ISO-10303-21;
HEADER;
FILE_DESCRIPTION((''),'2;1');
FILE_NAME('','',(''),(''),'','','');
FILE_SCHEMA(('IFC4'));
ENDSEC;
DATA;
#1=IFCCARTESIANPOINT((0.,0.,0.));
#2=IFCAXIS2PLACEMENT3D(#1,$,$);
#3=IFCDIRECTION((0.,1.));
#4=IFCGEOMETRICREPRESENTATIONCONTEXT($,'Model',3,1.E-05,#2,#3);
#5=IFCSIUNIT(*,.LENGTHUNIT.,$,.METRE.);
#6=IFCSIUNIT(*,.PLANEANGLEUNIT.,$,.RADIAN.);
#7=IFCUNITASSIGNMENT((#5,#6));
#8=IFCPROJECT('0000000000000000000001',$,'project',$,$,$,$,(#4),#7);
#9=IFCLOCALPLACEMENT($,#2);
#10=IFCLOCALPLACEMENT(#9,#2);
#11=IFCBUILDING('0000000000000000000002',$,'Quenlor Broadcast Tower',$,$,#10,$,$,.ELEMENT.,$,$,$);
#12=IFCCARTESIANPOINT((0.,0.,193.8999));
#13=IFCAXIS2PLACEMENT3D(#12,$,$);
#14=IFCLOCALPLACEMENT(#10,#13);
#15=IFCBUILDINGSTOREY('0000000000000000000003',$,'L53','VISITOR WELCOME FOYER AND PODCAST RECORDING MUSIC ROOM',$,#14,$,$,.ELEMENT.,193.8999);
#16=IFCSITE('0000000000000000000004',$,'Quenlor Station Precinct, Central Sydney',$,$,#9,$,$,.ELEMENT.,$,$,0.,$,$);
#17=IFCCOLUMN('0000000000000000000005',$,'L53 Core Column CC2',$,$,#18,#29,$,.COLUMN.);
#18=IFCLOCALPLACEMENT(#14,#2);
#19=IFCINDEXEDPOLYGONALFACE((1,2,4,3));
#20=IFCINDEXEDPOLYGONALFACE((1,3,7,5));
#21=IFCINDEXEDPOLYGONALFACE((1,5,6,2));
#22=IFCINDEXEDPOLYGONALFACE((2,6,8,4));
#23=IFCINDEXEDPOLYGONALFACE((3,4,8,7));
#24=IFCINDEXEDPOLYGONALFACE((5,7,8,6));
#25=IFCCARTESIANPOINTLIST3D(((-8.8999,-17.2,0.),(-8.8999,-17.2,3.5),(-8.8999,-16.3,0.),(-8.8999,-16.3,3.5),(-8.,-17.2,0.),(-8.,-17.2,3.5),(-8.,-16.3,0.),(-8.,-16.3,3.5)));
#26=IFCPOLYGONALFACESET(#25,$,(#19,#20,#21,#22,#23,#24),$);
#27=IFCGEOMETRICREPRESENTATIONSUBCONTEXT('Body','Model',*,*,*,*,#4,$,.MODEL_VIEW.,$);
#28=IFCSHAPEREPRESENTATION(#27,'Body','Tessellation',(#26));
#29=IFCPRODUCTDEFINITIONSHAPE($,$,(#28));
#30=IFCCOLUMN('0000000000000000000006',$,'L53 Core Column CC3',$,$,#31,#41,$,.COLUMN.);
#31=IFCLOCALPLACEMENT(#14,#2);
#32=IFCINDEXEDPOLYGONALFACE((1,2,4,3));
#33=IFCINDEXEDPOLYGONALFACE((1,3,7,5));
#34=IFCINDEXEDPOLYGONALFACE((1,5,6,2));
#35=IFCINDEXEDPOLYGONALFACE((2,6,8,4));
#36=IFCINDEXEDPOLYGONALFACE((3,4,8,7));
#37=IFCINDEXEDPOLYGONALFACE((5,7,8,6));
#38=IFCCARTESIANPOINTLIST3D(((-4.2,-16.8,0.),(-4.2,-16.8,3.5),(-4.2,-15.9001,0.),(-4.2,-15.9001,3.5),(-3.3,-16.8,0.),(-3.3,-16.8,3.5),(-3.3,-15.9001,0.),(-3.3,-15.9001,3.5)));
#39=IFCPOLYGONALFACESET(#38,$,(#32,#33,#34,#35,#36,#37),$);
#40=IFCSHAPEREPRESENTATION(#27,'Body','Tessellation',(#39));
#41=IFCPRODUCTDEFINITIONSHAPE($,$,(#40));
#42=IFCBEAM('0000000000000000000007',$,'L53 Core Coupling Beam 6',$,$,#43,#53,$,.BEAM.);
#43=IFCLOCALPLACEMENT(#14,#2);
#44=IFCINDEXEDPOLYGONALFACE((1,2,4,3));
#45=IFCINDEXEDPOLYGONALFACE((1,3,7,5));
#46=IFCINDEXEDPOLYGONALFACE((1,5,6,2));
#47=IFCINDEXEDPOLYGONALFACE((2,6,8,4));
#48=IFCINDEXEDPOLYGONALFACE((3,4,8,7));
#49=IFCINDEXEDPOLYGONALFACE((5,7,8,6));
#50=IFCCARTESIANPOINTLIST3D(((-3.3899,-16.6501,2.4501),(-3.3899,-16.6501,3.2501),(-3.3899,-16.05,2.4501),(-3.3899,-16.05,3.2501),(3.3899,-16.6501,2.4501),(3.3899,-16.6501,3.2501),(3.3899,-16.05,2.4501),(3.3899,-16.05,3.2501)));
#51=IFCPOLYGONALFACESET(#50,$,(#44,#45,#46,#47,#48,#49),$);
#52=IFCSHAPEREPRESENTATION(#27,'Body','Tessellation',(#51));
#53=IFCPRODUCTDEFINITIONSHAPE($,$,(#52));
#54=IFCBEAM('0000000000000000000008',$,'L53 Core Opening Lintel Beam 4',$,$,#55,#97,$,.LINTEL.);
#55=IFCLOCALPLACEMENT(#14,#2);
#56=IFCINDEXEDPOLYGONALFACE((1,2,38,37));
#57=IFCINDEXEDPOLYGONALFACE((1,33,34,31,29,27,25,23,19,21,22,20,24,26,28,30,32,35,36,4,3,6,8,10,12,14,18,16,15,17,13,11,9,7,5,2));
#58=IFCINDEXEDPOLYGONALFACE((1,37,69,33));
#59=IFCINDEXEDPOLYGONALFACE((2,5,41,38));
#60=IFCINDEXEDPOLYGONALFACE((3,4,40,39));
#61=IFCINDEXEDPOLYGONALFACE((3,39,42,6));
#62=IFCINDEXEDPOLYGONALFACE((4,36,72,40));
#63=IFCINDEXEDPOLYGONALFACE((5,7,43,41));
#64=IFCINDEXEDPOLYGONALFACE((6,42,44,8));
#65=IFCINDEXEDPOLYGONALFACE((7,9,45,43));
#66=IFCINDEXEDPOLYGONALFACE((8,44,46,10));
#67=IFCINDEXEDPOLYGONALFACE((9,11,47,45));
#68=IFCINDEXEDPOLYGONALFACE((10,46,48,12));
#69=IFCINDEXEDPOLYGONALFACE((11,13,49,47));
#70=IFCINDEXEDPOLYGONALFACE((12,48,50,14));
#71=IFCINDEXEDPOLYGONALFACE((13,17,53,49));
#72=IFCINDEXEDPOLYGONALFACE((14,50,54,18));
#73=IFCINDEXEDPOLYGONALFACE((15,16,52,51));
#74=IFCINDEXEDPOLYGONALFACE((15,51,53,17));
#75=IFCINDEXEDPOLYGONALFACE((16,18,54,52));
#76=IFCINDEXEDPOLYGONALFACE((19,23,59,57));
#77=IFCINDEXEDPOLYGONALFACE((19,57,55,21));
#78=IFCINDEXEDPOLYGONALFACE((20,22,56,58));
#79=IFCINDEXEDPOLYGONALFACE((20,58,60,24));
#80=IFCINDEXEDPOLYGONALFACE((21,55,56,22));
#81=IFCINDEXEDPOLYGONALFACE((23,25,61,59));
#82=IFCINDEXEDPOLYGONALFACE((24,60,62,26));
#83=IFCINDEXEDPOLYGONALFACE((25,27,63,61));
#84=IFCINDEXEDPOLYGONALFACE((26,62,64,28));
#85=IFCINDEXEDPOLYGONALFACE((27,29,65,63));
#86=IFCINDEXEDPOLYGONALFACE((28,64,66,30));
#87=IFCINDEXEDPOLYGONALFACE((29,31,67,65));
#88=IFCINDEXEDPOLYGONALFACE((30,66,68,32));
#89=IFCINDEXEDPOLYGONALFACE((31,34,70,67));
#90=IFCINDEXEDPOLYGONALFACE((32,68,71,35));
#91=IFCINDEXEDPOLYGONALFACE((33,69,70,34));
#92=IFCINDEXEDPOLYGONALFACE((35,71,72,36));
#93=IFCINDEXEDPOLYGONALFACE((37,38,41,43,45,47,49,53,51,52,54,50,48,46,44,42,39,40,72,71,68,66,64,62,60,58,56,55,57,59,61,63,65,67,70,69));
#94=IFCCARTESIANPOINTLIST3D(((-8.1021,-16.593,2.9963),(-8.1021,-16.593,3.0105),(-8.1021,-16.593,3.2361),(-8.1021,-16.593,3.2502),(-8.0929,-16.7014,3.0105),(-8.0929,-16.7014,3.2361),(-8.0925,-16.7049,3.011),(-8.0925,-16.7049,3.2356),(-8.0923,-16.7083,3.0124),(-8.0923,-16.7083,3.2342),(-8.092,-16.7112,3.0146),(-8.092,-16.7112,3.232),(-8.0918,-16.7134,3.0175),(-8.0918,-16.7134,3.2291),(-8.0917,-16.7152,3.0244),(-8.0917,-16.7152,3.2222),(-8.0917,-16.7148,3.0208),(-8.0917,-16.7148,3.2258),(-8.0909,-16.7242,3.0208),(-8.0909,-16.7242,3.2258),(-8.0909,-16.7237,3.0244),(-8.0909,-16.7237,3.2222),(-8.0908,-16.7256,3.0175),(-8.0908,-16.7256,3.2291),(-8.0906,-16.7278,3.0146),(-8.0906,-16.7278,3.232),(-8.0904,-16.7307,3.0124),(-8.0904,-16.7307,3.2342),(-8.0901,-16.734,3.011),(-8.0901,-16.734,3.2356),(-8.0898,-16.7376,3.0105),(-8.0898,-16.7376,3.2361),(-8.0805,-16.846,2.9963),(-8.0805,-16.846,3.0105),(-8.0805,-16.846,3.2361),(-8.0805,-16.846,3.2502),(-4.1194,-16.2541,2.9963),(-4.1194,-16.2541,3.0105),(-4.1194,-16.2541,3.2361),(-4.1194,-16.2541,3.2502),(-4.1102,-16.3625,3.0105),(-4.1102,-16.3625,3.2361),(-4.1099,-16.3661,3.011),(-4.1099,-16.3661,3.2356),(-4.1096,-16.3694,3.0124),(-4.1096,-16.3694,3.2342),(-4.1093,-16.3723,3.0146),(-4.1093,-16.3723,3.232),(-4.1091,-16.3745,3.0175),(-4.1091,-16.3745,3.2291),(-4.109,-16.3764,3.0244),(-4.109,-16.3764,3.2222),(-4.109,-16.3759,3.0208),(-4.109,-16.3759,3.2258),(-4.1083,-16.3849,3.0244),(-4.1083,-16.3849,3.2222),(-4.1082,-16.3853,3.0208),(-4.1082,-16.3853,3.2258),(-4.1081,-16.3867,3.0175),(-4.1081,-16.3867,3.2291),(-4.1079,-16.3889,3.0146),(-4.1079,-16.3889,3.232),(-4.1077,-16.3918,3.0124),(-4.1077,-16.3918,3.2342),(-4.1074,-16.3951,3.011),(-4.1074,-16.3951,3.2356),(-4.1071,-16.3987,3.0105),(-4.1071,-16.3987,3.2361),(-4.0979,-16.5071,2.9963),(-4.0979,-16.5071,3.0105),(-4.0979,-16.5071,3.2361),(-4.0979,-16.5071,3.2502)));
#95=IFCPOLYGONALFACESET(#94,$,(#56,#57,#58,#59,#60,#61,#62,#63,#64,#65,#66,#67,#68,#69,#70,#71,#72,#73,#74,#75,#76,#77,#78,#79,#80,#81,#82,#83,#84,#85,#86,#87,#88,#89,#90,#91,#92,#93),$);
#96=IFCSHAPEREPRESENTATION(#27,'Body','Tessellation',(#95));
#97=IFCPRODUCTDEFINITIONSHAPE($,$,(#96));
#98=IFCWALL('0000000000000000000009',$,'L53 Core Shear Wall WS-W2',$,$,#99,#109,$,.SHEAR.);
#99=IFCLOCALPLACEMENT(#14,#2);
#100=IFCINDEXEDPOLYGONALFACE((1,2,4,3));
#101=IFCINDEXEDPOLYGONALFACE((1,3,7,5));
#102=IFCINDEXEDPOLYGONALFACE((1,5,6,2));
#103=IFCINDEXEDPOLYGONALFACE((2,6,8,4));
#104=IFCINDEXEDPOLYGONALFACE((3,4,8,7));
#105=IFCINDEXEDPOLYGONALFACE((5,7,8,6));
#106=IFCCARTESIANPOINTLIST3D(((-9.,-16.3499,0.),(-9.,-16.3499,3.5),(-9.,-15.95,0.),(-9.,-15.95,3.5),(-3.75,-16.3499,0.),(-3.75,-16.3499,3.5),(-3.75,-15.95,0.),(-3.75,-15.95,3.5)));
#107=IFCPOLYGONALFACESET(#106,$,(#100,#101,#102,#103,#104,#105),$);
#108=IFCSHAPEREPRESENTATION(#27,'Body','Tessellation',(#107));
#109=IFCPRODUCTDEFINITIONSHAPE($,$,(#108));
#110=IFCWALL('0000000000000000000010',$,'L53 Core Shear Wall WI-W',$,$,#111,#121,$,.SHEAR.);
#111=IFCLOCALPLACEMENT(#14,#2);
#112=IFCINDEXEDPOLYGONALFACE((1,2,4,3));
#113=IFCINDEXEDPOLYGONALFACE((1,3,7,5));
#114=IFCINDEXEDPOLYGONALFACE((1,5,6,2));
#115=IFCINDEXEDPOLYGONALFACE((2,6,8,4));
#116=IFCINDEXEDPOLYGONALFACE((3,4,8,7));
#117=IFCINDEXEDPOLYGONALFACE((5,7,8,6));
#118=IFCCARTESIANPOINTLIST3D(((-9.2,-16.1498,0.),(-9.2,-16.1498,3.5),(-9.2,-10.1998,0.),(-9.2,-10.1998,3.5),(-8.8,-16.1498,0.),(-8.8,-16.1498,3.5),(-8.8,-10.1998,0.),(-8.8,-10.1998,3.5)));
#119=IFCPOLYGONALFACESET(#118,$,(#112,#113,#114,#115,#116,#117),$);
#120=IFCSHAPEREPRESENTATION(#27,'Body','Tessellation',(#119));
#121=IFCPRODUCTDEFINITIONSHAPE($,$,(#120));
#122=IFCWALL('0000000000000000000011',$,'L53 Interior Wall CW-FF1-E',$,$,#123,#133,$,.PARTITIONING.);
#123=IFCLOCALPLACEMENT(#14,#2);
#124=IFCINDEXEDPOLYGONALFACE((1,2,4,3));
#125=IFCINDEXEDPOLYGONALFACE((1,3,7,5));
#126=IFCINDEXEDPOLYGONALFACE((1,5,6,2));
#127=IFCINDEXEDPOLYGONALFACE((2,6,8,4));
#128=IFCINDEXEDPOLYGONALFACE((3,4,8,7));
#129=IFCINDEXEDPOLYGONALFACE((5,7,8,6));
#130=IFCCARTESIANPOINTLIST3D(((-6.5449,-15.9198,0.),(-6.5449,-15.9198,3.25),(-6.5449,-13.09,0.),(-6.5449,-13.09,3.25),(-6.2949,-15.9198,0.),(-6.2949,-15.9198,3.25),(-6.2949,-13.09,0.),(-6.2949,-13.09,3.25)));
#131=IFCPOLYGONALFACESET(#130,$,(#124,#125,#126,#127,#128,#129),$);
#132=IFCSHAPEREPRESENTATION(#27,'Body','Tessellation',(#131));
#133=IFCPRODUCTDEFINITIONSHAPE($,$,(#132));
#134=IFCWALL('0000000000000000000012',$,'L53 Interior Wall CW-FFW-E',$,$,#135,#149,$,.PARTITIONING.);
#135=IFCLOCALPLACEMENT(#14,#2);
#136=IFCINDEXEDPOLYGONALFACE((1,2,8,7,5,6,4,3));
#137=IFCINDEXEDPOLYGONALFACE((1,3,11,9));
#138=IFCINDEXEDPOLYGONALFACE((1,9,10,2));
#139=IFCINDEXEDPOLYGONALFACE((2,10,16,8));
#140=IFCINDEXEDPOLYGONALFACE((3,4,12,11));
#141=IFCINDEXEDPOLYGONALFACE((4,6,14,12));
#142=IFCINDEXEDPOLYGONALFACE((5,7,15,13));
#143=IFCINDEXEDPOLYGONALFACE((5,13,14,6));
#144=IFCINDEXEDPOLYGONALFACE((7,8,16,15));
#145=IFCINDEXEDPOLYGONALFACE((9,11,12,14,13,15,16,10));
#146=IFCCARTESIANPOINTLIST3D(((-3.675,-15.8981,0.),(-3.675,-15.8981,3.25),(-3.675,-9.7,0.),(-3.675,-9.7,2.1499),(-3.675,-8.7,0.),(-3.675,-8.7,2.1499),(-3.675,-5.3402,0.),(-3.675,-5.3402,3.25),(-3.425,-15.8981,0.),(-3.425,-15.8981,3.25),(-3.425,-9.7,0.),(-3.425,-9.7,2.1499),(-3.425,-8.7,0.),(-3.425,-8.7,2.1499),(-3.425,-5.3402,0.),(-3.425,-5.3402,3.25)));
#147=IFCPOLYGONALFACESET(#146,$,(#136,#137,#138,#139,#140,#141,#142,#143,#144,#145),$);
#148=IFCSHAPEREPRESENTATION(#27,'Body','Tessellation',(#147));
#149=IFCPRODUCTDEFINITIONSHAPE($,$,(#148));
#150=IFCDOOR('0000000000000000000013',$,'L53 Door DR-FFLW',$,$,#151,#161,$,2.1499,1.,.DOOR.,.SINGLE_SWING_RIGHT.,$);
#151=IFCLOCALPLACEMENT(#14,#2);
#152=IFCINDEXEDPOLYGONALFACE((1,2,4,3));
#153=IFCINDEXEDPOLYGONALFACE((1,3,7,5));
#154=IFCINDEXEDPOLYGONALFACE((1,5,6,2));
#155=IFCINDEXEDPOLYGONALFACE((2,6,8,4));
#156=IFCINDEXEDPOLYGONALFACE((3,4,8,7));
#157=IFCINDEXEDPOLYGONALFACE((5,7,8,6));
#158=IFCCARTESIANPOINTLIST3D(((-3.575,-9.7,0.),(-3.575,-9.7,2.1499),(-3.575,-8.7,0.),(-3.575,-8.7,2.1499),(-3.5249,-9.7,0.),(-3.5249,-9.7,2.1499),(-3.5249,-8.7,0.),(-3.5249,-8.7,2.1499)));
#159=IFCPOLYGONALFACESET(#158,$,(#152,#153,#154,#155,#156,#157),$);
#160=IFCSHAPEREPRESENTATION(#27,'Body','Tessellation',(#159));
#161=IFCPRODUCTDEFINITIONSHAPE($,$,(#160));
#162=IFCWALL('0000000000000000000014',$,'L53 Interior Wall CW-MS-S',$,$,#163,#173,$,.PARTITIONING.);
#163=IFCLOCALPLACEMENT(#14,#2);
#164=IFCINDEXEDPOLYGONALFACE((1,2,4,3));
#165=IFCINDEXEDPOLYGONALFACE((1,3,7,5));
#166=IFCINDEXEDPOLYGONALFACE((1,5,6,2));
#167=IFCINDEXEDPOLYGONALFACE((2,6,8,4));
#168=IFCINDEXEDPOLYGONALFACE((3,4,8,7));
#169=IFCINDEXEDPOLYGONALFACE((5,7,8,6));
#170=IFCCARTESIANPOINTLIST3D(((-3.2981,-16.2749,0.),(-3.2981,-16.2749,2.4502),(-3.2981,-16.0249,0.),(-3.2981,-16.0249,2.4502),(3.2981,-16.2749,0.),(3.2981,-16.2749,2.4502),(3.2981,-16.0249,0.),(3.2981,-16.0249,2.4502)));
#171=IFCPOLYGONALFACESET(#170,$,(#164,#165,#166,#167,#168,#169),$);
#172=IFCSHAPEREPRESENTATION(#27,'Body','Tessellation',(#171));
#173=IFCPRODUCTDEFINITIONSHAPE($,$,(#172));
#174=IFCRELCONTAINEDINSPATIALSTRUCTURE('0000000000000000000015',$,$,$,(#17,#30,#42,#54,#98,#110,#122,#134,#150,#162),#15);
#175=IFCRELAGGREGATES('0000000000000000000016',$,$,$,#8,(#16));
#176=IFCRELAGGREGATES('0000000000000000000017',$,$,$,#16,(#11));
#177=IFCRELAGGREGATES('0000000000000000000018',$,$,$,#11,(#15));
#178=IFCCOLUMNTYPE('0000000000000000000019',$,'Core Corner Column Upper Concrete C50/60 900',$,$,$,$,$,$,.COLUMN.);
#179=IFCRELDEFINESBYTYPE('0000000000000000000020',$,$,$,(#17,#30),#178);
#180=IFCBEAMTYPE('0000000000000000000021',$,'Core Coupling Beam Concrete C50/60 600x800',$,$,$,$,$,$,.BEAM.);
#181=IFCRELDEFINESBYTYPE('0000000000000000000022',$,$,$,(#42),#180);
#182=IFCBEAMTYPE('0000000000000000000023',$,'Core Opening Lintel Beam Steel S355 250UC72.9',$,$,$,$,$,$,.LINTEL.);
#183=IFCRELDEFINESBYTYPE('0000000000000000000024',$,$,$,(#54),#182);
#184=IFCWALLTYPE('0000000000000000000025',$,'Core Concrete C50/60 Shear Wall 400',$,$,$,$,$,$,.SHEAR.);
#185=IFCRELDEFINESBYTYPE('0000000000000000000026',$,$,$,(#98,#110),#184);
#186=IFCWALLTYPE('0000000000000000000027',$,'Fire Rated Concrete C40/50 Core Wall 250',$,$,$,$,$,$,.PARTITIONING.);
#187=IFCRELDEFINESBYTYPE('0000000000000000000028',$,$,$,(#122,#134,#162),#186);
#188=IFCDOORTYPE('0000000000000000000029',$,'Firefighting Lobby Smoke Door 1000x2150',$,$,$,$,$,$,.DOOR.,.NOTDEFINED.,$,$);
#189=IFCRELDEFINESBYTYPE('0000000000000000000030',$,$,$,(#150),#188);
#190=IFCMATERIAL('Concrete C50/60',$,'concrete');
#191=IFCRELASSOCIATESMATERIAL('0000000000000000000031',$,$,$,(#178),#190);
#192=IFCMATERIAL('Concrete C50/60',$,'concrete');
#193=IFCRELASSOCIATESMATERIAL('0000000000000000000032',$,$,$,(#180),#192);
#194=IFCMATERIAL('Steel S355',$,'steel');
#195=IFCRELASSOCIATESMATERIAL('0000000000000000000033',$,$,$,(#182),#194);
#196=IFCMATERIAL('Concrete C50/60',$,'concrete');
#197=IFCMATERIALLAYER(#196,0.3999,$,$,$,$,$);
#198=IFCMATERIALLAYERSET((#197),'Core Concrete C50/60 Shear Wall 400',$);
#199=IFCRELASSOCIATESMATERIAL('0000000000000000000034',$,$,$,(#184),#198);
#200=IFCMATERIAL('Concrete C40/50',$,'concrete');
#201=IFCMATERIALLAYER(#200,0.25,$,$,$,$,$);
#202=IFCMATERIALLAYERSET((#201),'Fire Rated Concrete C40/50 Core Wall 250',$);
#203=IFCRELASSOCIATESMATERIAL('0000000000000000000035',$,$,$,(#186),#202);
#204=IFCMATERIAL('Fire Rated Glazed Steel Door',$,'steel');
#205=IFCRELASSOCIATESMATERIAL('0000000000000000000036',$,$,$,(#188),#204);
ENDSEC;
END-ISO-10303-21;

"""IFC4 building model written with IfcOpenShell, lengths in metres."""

from ifc_helpers import new_model, si_unit, direction, frame, frame_2d, origin, origin_2d, place, context, subcontext, project, spatial, rectangle, i_section, extrude, material, layer, layer_set, material_profile, profile_set, type_object, element, fill, save


model = new_model("IFC4")

# Units and contexts
model_context = context("Model", 3, precision=1e-05, world=origin(), true_north=direction((0.0, 1.0)))
body_context = subcontext(model_context, "Body", "Model", "MODEL_VIEW")
ifc_project = project(units=[si_unit("LENGTHUNIT", "METRE"), si_unit("PLANEANGLEUNIT", "RADIAN")], contexts=[model_context])

# Site, building, storey
site_placement = place(None, origin())
site = spatial("IfcSite", under=ifc_project, at=site_placement, Name="Quenlor Station Precinct, Central Sydney", CompositionType="ELEMENT", RefElevation=0.0)
building_placement = place(site_placement, origin())
building = spatial("IfcBuilding", under=site, at=building_placement, Name="Quenlor Broadcast Tower", CompositionType="ELEMENT")
storey_placement = place(building_placement, frame((0.0, 0.0, 193.8999)))
storey = spatial("IfcBuildingStorey", under=building, at=storey_placement, Name="L53", Description="VISITOR WELCOME FOYER AND PODCAST RECORDING MUSIC ROOM", CompositionType="ELEMENT", Elevation=193.8999)

# Columns
ifc_material_1 = material(Name="Concrete C50/60", Category="concrete")
ifc_material_profile_1 = material_profile(ifc_material_1, rectangle(XDim=0.8999, YDim=0.8999, at=origin_2d()))
ifc_profile_set_1 = profile_set([ifc_material_profile_1], Name="Concrete C50/60 RC900x900")
column_type = type_object("IfcColumnType", Name="Core Corner Column Upper Concrete C50/60 900", PredefinedType="COLUMN", material=ifc_profile_set_1)
for number, where, z_axis, x_axis, name in (
    (1, (-8.45, -16.75, 0.0), (0.0, 0.0, 1.0), (1.0, 0.0, 0.0), "L53 Core Column CC2"),
    (2, (-3.75, -16.3501, 0.0), (0.0, 0.0, 1.0), (1.0, 0.0, 0.0), "L53 Core Column CC3"),
):
    element("IfcColumn", number, at=place(storey_placement, frame(where, z_axis=z_axis, x_axis=x_axis)), inside=storey, type_object=column_type, Name=name, PredefinedType="COLUMN", context=body_context, shape_type="SweptSolid", body=[
        extrude(rectangle(XDim=0.8999, YDim=0.8999, at=origin_2d()), origin(), (0.0, 0.0, 1.0), 3.5),
    ])

# Beams
ifc_material_2 = material(Name="Concrete C50/60", Category="concrete")
ifc_material_profile_2 = material_profile(ifc_material_2, rectangle(XDim=0.6001, YDim=0.8, at=origin_2d()))
ifc_profile_set_2 = profile_set([ifc_material_profile_2], Name="Concrete C50/60 RCB600x800")
beam_type_1 = type_object("IfcBeamType", Name="Core Coupling Beam Concrete C50/60 600x800", PredefinedType="BEAM", material=ifc_profile_set_2)
beam_1_placement = place(storey_placement, frame((-3.3899, -16.3501, 2.8501), z_axis=(1.0, 0.0, 0.0), x_axis=(0.0, 1.0, 0.0)))
element("IfcBeam", 3, at=beam_1_placement, inside=storey, type_object=beam_type_1, Name="L53 Core Coupling Beam 6", PredefinedType="BEAM", context=body_context, shape_type="SweptSolid", body=[
    extrude(rectangle(XDim=0.6001, YDim=0.8, at=origin_2d()), origin(), (0.0, 0.0, 1.0), 6.7798),
])
ifc_material_3 = material(Name="Steel S355", Category="steel")
ifc_material_profile_3 = material_profile(ifc_material_3, i_section(OverallWidth=0.2539, OverallDepth=0.2539, WebThickness=0.0085, FlangeThickness=0.0142, FilletRadius=0.0139, at=origin_2d()))
ifc_profile_set_3 = profile_set([ifc_material_profile_3], Name="Steel S355 250UC72.9")
beam_type_2 = type_object("IfcBeamType", Name="Core Opening Lintel Beam Steel S355 250UC72.9", PredefinedType="LINTEL", material=ifc_profile_set_3)
beam_2_placement = place(storey_placement, frame((-8.0913, -16.7195, 3.1233), z_axis=(0.9964, 0.084779, 0.0), x_axis=(-0.084779, 0.9964, 0.0)))
element("IfcBeam", 4, at=beam_2_placement, inside=storey, type_object=beam_type_2, Name="L53 Core Opening Lintel Beam 4", PredefinedType="LINTEL", context=body_context, shape_type="SweptSolid", body=[
    extrude(i_section(OverallWidth=0.2539, OverallDepth=0.2539, WebThickness=0.0085, FlangeThickness=0.0142, FilletRadius=0.0139, at=origin_2d()), origin(), (0.0, 0.0, 1.0), 3.9971),
])

# Walls
ifc_material_4 = material(Name="Concrete C50/60", Category="concrete")
ifc_layer_1 = layer(ifc_material_4, 0.3999)
ifc_layer_set_1 = layer_set([ifc_layer_1], Name="Core Concrete C50/60 Shear Wall 400")
wall_type_1 = type_object("IfcWallType", Name="Core Concrete C50/60 Shear Wall 400", PredefinedType="SHEAR", material=ifc_layer_set_1)
wall_1_placement = place(storey_placement, frame((-9.0, -16.1499, 0.0), z_axis=(0.0, 0.0, 1.0), x_axis=(1.0, 0.0, 0.0)))
element("IfcWall", 5, at=wall_1_placement, inside=storey, type_object=wall_type_1, Name="L53 Core Shear Wall WS-W2", PredefinedType="SHEAR", context=body_context, shape_type="SweptSolid", body=[
    extrude(rectangle(XDim=5.25, YDim=0.3999, at=frame_2d((2.625, 0.0))), origin(), (0.0, 0.0, 1.0), 3.5),
])
wall_2_placement = place(storey_placement, frame((-9.0, -16.1499, 0.0), z_axis=(0.0, 0.0, 1.0), x_axis=(0.0, 1.0, 0.0)))
element("IfcWall", 6, at=wall_2_placement, inside=storey, type_object=wall_type_1, Name="L53 Core Shear Wall WI-W", PredefinedType="SHEAR", context=body_context, shape_type="SweptSolid", body=[
    extrude(rectangle(XDim=5.95, YDim=0.3999, at=frame_2d((2.9751, 0.0))), origin(), (0.0, 0.0, 1.0), 3.5),
])

# Shared definitions
ifc_material_5 = material(Name="Concrete C40/50", Category="concrete")
ifc_layer_2 = layer(ifc_material_5, 0.25)
ifc_layer_set_2 = layer_set([ifc_layer_2], Name="Fire Rated Concrete C40/50 Core Wall 250")
wall_type_2 = type_object("IfcWallType", Name="Fire Rated Concrete C40/50 Core Wall 250", PredefinedType="PARTITIONING", material=ifc_layer_set_2)

# Wall
wall_3_placement = place(storey_placement, frame((-6.4199, -15.9199, 0.0), z_axis=(0.0, 0.0, 1.0), x_axis=(0.0, 1.0, 0.0)))
element("IfcWall", 7, at=wall_3_placement, inside=storey, type_object=wall_type_2, Name="L53 Interior Wall CW-FF1-E", PredefinedType="PARTITIONING", context=body_context, shape_type="SweptSolid", body=[
    extrude(rectangle(XDim=2.8298, YDim=0.25, at=frame_2d((1.415, 0.0))), origin(), (0.0, 0.0, 1.0), 3.25),
])

# Wall, opening, door
wall_4_placement = place(storey_placement, frame((-3.55, -15.8979, 0.0), z_axis=(0.0, 0.0, 1.0), x_axis=(0.0, 1.0, 0.0)))
wall_4 = element("IfcWall", 8, at=wall_4_placement, inside=storey, type_object=wall_type_2, Name="L53 Interior Wall CW-FFW-E", PredefinedType="PARTITIONING", context=body_context, shape_type="SweptSolid", body=[
    extrude(rectangle(XDim=10.5579, YDim=0.25, at=frame_2d((5.2788, 0.0))), origin(), (0.0, 0.0, 1.0), 3.25),
])
opening_1_placement = place(wall_4_placement, frame((6.198, 0.0, 0.0)))
opening_1 = element("IfcOpeningElement", 9, at=opening_1_placement, cuts=wall_4, PredefinedType="OPENING", context=body_context, shape_type="SweptSolid", body=[
    extrude(rectangle(XDim=1.0, YDim=2.1499, at=frame_2d((0.5, 1.075))), frame((0.0, 0.135, 0.0), z_axis=(0.0, -1.0, 0.0), x_axis=(1.0, 0.0, 0.0)), (0.0, 0.0, 1.0), 0.27),
])
ifc_material_6 = material(Name="Fire Rated Glazed Steel Door", Category="steel")
door_type_1 = type_object("IfcDoorType", Name="Firefighting Lobby Smoke Door 1000x2150", OperationType="NOTDEFINED", PredefinedType="DOOR", material=ifc_material_6)
door_1_placement = place(opening_1_placement, origin())
door_1 = element("IfcDoor", 10, at=door_1_placement, inside=storey, type_object=door_type_1, Name="L53 Door DR-FFLW", OperationType="SINGLE_SWING_RIGHT", OverallHeight=2.1499, OverallWidth=1.0, PredefinedType="DOOR", context=body_context, shape_type="SweptSolid", body=[
    extrude(rectangle(XDim=1.0, YDim=2.1499, at=frame_2d((0.5, 1.075))), frame((0.0, 0.0249, 0.0), z_axis=(0.0, -1.0, 0.0), x_axis=(1.0, 0.0, 0.0)), (0.0, 0.0, 1.0), 0.05),
])
fill(opening_1, door_1)

# Wall
wall_5_placement = place(storey_placement, frame((-3.2981, -16.1499, 0.0), z_axis=(0.0, 0.0, 1.0), x_axis=(1.0, 0.0, 0.0)))
element("IfcWall", 11, at=wall_5_placement, inside=storey, type_object=wall_type_2, Name="L53 Interior Wall CW-MS-S", PredefinedType="PARTITIONING", context=body_context, shape_type="SweptSolid", body=[
    extrude(rectangle(XDim=6.5962, YDim=0.25, at=frame_2d((3.2981, 0.0))), origin(), (0.0, 0.0, 1.0), 2.4502),
])

save(model, "model.ifc")
